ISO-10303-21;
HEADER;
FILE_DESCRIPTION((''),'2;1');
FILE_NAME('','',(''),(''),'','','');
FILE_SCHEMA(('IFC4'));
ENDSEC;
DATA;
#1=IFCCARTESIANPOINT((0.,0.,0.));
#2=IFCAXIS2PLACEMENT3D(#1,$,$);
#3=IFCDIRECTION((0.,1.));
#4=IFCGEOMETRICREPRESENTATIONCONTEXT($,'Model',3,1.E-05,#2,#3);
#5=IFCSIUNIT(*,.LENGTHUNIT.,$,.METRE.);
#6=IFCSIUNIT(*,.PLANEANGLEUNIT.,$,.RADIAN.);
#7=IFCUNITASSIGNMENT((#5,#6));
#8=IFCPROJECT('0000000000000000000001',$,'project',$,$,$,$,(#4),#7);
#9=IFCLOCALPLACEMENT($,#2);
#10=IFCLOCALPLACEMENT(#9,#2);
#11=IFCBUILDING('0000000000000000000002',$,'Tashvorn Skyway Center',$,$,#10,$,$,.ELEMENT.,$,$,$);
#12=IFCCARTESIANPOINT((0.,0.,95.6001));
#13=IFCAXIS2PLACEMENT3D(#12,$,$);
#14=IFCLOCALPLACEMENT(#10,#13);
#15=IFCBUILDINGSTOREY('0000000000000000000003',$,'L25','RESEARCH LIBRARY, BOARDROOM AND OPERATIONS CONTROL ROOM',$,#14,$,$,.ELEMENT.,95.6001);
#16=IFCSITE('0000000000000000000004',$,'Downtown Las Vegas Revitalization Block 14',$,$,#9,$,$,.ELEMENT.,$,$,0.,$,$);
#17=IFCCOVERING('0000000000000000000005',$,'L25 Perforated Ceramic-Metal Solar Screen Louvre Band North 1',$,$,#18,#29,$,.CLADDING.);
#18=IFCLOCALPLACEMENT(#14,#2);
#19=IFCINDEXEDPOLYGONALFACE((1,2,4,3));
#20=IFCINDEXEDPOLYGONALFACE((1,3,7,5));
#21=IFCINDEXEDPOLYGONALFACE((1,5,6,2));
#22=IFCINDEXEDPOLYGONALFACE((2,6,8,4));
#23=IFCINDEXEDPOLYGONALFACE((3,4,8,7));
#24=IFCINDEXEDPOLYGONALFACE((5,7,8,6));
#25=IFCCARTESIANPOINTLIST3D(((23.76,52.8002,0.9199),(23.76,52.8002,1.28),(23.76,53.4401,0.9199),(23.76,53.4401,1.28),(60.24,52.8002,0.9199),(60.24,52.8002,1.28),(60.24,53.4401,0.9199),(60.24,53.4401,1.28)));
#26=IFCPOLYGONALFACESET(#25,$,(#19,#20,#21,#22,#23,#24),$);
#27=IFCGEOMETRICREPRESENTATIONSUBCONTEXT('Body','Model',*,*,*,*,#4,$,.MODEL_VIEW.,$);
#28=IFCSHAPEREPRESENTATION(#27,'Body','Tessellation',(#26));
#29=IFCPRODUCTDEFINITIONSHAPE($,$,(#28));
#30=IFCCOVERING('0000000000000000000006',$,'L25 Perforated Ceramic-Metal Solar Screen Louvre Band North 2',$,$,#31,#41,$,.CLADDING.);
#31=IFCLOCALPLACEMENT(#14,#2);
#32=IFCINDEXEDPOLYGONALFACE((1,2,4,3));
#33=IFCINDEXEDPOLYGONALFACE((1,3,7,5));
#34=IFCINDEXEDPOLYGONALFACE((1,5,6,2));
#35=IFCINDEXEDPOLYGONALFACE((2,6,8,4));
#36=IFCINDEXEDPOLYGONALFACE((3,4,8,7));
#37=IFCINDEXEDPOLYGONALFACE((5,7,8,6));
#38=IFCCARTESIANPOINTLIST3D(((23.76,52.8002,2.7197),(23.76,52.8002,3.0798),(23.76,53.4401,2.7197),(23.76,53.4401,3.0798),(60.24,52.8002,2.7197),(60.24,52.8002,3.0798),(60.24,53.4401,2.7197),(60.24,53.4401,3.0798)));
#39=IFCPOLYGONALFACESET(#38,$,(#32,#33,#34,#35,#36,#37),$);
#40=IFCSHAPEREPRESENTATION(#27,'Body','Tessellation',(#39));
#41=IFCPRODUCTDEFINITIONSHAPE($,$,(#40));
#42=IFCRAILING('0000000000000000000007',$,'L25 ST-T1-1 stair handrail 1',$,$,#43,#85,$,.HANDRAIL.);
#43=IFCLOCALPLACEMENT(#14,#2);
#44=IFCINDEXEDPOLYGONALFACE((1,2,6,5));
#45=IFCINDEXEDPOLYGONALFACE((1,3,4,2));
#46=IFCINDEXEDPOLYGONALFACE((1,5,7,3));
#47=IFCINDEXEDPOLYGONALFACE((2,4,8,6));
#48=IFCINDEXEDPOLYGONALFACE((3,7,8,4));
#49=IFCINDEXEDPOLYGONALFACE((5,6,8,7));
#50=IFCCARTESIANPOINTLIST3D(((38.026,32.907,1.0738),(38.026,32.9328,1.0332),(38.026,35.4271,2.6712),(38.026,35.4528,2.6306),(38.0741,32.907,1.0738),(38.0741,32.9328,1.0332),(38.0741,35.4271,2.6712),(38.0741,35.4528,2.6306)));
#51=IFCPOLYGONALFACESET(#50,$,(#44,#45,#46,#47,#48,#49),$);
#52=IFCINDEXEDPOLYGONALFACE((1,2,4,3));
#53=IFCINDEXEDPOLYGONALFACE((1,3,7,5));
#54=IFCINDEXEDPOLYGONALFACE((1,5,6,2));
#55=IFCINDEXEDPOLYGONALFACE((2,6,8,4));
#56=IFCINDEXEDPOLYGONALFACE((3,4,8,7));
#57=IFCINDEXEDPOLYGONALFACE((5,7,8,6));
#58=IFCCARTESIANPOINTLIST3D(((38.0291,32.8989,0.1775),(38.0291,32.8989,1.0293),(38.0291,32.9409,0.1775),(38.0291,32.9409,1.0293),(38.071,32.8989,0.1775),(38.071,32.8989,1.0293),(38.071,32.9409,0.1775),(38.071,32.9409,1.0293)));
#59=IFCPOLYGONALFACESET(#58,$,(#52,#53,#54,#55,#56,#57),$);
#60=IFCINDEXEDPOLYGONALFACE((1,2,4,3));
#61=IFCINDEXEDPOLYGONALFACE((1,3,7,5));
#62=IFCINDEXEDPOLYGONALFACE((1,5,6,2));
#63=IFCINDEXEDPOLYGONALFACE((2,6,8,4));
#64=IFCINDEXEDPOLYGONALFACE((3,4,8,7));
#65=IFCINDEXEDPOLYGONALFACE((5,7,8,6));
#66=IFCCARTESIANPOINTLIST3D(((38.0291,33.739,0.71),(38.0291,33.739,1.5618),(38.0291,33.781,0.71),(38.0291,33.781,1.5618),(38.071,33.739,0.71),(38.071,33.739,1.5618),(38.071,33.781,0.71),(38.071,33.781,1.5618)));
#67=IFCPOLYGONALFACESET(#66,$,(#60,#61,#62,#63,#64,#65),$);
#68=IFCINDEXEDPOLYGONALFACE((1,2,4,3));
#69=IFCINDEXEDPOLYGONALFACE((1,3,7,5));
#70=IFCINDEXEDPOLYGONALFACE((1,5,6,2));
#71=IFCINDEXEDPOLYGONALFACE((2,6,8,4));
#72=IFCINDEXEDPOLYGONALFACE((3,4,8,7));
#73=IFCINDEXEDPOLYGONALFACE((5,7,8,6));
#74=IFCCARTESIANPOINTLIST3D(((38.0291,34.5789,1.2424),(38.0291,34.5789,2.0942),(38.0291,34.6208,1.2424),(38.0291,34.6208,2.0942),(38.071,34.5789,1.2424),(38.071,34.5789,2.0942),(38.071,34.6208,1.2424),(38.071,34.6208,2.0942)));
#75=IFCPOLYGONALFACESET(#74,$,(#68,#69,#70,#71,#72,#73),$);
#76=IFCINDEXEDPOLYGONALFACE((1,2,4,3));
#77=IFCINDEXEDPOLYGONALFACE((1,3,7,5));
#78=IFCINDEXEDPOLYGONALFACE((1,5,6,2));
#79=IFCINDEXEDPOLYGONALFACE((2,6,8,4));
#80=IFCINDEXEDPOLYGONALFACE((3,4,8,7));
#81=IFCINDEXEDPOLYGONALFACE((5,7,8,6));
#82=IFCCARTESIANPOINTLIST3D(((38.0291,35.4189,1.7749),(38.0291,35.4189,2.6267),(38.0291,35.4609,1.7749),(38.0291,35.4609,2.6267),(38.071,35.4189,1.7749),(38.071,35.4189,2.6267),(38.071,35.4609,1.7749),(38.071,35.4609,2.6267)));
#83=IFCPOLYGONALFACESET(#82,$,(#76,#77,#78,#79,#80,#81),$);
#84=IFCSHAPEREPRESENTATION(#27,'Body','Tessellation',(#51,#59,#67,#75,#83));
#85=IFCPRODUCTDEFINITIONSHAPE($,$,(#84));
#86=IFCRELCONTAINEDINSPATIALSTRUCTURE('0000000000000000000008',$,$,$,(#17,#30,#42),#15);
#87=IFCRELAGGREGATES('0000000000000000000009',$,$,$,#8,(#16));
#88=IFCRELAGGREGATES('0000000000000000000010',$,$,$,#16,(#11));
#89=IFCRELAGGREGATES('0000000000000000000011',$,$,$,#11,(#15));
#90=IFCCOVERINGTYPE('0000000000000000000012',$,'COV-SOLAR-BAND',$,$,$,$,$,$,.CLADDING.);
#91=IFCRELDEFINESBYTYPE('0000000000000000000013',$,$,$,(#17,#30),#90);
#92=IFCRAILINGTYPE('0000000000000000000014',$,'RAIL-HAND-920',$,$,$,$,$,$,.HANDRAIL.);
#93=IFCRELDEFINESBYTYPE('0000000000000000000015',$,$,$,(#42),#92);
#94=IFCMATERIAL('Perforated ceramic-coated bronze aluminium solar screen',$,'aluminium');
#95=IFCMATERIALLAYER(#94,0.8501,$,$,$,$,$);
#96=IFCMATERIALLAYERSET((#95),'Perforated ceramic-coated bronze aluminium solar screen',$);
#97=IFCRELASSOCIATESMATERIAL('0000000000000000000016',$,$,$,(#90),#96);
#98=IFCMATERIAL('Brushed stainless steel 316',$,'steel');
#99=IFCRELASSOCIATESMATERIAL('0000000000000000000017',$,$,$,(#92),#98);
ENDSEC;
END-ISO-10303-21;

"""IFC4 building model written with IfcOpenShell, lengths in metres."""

from ifc_helpers import new_model, si_unit, direction, frame, origin, origin_2d, place, context, subcontext, project, spatial, rectangle, extrude, material, layer, layer_set, type_object, element, save


model = new_model("IFC4")

# Units and contexts
model_context = context("Model", 3, precision=1e-05, world=origin(), true_north=direction((0.0, 1.0)))
body_context = subcontext(model_context, "Body", "Model", "MODEL_VIEW")
ifc_project = project(units=[si_unit("LENGTHUNIT", "METRE"), si_unit("PLANEANGLEUNIT", "RADIAN")], contexts=[model_context])

# Site, building, storey
site_placement = place(None, origin())
site = spatial("IfcSite", under=ifc_project, at=site_placement, Name="Downtown Las Vegas Revitalization Block 14", CompositionType="ELEMENT", RefElevation=0.0)
building_placement = place(site_placement, origin())
building = spatial("IfcBuilding", under=site, at=building_placement, Name="Tashvorn Skyway Center", CompositionType="ELEMENT")
storey_placement = place(building_placement, frame((0.0, 0.0, 95.6001)))
storey = spatial("IfcBuildingStorey", under=building, at=storey_placement, Name="L25", Description="RESEARCH LIBRARY, BOARDROOM AND OPERATIONS CONTROL ROOM", CompositionType="ELEMENT", Elevation=95.6001)

# Coverings
ifc_material_1 = material(Name="Perforated ceramic-coated bronze aluminium solar screen", Category="aluminium")
ifc_layer_1 = layer(ifc_material_1, 0.8501)
ifc_layer_set_1 = layer_set([ifc_layer_1], Name="Perforated ceramic-coated bronze aluminium solar screen")
covering_type = type_object("IfcCoveringType", Name="COV-SOLAR-BAND", PredefinedType="CLADDING", material=ifc_layer_set_1)
for number, where, z_axis, x_axis, name in (
    (1, (42.0, 53.1201, 0.9199), (0.0, 0.0, 1.0), (1.0, 0.0, 0.0), "L25 Perforated Ceramic-Metal Solar Screen Louvre Band North 1"),
    (2, (42.0, 53.1201, 2.7197), (0.0, 0.0, 1.0), (1.0, 0.0, 0.0), "L25 Perforated Ceramic-Metal Solar Screen Louvre Band North 2"),
):
    element("IfcCovering", number, at=place(storey_placement, frame(where, z_axis=z_axis, x_axis=x_axis)), inside=storey, type_object=covering_type, Name=name, PredefinedType="CLADDING", context=body_context, shape_type="SweptSolid", body=[
        extrude(rectangle(XDim=36.48, YDim=0.6399, at=origin_2d()), origin(), (0.0, 0.0, 1.0), 0.3601),
    ])

# Railing
ifc_material_2 = material(Name="Brushed stainless steel 316", Category="steel")
railing_type = type_object("IfcRailingType", Name="RAIL-HAND-920", PredefinedType="HANDRAIL", material=ifc_material_2)
railing_placement = place(storey_placement, frame((38.05, 32.9199, 0.1775)))
element("IfcRailing", 3, at=railing_placement, inside=storey, type_object=railing_type, Name="L25 ST-T1-1 stair handrail 1", PredefinedType="HANDRAIL", context=body_context, shape_type="SweptSolid", body=[
    extrude(rectangle(XDim=0.0481, YDim=0.0481, at=origin_2d()), frame((0.0, 0.0, 0.876), z_axis=(0.0, 0.844607, 0.535387), x_axis=(-1.0, 0.0, 0.0)), (0.0, 0.0, 1.0), 2.9836),
    extrude(rectangle(XDim=0.042, YDim=0.042, at=origin_2d()), origin(), (0.0, 0.0, 1.0), 0.8518),
    extrude(rectangle(XDim=0.042, YDim=0.042, at=origin_2d()), frame((0.0, 0.8401, 0.5325)), (0.0, 0.0, 1.0), 0.8518),
    extrude(rectangle(XDim=0.042, YDim=0.042, at=origin_2d()), frame((0.0, 1.6799, 1.0649)), (0.0, 0.0, 1.0), 0.8518),
    extrude(rectangle(XDim=0.042, YDim=0.042, at=origin_2d()), frame((0.0, 2.52, 1.5974)), (0.0, 0.0, 1.0), 0.8518),
])

save(model, "model.ifc")
